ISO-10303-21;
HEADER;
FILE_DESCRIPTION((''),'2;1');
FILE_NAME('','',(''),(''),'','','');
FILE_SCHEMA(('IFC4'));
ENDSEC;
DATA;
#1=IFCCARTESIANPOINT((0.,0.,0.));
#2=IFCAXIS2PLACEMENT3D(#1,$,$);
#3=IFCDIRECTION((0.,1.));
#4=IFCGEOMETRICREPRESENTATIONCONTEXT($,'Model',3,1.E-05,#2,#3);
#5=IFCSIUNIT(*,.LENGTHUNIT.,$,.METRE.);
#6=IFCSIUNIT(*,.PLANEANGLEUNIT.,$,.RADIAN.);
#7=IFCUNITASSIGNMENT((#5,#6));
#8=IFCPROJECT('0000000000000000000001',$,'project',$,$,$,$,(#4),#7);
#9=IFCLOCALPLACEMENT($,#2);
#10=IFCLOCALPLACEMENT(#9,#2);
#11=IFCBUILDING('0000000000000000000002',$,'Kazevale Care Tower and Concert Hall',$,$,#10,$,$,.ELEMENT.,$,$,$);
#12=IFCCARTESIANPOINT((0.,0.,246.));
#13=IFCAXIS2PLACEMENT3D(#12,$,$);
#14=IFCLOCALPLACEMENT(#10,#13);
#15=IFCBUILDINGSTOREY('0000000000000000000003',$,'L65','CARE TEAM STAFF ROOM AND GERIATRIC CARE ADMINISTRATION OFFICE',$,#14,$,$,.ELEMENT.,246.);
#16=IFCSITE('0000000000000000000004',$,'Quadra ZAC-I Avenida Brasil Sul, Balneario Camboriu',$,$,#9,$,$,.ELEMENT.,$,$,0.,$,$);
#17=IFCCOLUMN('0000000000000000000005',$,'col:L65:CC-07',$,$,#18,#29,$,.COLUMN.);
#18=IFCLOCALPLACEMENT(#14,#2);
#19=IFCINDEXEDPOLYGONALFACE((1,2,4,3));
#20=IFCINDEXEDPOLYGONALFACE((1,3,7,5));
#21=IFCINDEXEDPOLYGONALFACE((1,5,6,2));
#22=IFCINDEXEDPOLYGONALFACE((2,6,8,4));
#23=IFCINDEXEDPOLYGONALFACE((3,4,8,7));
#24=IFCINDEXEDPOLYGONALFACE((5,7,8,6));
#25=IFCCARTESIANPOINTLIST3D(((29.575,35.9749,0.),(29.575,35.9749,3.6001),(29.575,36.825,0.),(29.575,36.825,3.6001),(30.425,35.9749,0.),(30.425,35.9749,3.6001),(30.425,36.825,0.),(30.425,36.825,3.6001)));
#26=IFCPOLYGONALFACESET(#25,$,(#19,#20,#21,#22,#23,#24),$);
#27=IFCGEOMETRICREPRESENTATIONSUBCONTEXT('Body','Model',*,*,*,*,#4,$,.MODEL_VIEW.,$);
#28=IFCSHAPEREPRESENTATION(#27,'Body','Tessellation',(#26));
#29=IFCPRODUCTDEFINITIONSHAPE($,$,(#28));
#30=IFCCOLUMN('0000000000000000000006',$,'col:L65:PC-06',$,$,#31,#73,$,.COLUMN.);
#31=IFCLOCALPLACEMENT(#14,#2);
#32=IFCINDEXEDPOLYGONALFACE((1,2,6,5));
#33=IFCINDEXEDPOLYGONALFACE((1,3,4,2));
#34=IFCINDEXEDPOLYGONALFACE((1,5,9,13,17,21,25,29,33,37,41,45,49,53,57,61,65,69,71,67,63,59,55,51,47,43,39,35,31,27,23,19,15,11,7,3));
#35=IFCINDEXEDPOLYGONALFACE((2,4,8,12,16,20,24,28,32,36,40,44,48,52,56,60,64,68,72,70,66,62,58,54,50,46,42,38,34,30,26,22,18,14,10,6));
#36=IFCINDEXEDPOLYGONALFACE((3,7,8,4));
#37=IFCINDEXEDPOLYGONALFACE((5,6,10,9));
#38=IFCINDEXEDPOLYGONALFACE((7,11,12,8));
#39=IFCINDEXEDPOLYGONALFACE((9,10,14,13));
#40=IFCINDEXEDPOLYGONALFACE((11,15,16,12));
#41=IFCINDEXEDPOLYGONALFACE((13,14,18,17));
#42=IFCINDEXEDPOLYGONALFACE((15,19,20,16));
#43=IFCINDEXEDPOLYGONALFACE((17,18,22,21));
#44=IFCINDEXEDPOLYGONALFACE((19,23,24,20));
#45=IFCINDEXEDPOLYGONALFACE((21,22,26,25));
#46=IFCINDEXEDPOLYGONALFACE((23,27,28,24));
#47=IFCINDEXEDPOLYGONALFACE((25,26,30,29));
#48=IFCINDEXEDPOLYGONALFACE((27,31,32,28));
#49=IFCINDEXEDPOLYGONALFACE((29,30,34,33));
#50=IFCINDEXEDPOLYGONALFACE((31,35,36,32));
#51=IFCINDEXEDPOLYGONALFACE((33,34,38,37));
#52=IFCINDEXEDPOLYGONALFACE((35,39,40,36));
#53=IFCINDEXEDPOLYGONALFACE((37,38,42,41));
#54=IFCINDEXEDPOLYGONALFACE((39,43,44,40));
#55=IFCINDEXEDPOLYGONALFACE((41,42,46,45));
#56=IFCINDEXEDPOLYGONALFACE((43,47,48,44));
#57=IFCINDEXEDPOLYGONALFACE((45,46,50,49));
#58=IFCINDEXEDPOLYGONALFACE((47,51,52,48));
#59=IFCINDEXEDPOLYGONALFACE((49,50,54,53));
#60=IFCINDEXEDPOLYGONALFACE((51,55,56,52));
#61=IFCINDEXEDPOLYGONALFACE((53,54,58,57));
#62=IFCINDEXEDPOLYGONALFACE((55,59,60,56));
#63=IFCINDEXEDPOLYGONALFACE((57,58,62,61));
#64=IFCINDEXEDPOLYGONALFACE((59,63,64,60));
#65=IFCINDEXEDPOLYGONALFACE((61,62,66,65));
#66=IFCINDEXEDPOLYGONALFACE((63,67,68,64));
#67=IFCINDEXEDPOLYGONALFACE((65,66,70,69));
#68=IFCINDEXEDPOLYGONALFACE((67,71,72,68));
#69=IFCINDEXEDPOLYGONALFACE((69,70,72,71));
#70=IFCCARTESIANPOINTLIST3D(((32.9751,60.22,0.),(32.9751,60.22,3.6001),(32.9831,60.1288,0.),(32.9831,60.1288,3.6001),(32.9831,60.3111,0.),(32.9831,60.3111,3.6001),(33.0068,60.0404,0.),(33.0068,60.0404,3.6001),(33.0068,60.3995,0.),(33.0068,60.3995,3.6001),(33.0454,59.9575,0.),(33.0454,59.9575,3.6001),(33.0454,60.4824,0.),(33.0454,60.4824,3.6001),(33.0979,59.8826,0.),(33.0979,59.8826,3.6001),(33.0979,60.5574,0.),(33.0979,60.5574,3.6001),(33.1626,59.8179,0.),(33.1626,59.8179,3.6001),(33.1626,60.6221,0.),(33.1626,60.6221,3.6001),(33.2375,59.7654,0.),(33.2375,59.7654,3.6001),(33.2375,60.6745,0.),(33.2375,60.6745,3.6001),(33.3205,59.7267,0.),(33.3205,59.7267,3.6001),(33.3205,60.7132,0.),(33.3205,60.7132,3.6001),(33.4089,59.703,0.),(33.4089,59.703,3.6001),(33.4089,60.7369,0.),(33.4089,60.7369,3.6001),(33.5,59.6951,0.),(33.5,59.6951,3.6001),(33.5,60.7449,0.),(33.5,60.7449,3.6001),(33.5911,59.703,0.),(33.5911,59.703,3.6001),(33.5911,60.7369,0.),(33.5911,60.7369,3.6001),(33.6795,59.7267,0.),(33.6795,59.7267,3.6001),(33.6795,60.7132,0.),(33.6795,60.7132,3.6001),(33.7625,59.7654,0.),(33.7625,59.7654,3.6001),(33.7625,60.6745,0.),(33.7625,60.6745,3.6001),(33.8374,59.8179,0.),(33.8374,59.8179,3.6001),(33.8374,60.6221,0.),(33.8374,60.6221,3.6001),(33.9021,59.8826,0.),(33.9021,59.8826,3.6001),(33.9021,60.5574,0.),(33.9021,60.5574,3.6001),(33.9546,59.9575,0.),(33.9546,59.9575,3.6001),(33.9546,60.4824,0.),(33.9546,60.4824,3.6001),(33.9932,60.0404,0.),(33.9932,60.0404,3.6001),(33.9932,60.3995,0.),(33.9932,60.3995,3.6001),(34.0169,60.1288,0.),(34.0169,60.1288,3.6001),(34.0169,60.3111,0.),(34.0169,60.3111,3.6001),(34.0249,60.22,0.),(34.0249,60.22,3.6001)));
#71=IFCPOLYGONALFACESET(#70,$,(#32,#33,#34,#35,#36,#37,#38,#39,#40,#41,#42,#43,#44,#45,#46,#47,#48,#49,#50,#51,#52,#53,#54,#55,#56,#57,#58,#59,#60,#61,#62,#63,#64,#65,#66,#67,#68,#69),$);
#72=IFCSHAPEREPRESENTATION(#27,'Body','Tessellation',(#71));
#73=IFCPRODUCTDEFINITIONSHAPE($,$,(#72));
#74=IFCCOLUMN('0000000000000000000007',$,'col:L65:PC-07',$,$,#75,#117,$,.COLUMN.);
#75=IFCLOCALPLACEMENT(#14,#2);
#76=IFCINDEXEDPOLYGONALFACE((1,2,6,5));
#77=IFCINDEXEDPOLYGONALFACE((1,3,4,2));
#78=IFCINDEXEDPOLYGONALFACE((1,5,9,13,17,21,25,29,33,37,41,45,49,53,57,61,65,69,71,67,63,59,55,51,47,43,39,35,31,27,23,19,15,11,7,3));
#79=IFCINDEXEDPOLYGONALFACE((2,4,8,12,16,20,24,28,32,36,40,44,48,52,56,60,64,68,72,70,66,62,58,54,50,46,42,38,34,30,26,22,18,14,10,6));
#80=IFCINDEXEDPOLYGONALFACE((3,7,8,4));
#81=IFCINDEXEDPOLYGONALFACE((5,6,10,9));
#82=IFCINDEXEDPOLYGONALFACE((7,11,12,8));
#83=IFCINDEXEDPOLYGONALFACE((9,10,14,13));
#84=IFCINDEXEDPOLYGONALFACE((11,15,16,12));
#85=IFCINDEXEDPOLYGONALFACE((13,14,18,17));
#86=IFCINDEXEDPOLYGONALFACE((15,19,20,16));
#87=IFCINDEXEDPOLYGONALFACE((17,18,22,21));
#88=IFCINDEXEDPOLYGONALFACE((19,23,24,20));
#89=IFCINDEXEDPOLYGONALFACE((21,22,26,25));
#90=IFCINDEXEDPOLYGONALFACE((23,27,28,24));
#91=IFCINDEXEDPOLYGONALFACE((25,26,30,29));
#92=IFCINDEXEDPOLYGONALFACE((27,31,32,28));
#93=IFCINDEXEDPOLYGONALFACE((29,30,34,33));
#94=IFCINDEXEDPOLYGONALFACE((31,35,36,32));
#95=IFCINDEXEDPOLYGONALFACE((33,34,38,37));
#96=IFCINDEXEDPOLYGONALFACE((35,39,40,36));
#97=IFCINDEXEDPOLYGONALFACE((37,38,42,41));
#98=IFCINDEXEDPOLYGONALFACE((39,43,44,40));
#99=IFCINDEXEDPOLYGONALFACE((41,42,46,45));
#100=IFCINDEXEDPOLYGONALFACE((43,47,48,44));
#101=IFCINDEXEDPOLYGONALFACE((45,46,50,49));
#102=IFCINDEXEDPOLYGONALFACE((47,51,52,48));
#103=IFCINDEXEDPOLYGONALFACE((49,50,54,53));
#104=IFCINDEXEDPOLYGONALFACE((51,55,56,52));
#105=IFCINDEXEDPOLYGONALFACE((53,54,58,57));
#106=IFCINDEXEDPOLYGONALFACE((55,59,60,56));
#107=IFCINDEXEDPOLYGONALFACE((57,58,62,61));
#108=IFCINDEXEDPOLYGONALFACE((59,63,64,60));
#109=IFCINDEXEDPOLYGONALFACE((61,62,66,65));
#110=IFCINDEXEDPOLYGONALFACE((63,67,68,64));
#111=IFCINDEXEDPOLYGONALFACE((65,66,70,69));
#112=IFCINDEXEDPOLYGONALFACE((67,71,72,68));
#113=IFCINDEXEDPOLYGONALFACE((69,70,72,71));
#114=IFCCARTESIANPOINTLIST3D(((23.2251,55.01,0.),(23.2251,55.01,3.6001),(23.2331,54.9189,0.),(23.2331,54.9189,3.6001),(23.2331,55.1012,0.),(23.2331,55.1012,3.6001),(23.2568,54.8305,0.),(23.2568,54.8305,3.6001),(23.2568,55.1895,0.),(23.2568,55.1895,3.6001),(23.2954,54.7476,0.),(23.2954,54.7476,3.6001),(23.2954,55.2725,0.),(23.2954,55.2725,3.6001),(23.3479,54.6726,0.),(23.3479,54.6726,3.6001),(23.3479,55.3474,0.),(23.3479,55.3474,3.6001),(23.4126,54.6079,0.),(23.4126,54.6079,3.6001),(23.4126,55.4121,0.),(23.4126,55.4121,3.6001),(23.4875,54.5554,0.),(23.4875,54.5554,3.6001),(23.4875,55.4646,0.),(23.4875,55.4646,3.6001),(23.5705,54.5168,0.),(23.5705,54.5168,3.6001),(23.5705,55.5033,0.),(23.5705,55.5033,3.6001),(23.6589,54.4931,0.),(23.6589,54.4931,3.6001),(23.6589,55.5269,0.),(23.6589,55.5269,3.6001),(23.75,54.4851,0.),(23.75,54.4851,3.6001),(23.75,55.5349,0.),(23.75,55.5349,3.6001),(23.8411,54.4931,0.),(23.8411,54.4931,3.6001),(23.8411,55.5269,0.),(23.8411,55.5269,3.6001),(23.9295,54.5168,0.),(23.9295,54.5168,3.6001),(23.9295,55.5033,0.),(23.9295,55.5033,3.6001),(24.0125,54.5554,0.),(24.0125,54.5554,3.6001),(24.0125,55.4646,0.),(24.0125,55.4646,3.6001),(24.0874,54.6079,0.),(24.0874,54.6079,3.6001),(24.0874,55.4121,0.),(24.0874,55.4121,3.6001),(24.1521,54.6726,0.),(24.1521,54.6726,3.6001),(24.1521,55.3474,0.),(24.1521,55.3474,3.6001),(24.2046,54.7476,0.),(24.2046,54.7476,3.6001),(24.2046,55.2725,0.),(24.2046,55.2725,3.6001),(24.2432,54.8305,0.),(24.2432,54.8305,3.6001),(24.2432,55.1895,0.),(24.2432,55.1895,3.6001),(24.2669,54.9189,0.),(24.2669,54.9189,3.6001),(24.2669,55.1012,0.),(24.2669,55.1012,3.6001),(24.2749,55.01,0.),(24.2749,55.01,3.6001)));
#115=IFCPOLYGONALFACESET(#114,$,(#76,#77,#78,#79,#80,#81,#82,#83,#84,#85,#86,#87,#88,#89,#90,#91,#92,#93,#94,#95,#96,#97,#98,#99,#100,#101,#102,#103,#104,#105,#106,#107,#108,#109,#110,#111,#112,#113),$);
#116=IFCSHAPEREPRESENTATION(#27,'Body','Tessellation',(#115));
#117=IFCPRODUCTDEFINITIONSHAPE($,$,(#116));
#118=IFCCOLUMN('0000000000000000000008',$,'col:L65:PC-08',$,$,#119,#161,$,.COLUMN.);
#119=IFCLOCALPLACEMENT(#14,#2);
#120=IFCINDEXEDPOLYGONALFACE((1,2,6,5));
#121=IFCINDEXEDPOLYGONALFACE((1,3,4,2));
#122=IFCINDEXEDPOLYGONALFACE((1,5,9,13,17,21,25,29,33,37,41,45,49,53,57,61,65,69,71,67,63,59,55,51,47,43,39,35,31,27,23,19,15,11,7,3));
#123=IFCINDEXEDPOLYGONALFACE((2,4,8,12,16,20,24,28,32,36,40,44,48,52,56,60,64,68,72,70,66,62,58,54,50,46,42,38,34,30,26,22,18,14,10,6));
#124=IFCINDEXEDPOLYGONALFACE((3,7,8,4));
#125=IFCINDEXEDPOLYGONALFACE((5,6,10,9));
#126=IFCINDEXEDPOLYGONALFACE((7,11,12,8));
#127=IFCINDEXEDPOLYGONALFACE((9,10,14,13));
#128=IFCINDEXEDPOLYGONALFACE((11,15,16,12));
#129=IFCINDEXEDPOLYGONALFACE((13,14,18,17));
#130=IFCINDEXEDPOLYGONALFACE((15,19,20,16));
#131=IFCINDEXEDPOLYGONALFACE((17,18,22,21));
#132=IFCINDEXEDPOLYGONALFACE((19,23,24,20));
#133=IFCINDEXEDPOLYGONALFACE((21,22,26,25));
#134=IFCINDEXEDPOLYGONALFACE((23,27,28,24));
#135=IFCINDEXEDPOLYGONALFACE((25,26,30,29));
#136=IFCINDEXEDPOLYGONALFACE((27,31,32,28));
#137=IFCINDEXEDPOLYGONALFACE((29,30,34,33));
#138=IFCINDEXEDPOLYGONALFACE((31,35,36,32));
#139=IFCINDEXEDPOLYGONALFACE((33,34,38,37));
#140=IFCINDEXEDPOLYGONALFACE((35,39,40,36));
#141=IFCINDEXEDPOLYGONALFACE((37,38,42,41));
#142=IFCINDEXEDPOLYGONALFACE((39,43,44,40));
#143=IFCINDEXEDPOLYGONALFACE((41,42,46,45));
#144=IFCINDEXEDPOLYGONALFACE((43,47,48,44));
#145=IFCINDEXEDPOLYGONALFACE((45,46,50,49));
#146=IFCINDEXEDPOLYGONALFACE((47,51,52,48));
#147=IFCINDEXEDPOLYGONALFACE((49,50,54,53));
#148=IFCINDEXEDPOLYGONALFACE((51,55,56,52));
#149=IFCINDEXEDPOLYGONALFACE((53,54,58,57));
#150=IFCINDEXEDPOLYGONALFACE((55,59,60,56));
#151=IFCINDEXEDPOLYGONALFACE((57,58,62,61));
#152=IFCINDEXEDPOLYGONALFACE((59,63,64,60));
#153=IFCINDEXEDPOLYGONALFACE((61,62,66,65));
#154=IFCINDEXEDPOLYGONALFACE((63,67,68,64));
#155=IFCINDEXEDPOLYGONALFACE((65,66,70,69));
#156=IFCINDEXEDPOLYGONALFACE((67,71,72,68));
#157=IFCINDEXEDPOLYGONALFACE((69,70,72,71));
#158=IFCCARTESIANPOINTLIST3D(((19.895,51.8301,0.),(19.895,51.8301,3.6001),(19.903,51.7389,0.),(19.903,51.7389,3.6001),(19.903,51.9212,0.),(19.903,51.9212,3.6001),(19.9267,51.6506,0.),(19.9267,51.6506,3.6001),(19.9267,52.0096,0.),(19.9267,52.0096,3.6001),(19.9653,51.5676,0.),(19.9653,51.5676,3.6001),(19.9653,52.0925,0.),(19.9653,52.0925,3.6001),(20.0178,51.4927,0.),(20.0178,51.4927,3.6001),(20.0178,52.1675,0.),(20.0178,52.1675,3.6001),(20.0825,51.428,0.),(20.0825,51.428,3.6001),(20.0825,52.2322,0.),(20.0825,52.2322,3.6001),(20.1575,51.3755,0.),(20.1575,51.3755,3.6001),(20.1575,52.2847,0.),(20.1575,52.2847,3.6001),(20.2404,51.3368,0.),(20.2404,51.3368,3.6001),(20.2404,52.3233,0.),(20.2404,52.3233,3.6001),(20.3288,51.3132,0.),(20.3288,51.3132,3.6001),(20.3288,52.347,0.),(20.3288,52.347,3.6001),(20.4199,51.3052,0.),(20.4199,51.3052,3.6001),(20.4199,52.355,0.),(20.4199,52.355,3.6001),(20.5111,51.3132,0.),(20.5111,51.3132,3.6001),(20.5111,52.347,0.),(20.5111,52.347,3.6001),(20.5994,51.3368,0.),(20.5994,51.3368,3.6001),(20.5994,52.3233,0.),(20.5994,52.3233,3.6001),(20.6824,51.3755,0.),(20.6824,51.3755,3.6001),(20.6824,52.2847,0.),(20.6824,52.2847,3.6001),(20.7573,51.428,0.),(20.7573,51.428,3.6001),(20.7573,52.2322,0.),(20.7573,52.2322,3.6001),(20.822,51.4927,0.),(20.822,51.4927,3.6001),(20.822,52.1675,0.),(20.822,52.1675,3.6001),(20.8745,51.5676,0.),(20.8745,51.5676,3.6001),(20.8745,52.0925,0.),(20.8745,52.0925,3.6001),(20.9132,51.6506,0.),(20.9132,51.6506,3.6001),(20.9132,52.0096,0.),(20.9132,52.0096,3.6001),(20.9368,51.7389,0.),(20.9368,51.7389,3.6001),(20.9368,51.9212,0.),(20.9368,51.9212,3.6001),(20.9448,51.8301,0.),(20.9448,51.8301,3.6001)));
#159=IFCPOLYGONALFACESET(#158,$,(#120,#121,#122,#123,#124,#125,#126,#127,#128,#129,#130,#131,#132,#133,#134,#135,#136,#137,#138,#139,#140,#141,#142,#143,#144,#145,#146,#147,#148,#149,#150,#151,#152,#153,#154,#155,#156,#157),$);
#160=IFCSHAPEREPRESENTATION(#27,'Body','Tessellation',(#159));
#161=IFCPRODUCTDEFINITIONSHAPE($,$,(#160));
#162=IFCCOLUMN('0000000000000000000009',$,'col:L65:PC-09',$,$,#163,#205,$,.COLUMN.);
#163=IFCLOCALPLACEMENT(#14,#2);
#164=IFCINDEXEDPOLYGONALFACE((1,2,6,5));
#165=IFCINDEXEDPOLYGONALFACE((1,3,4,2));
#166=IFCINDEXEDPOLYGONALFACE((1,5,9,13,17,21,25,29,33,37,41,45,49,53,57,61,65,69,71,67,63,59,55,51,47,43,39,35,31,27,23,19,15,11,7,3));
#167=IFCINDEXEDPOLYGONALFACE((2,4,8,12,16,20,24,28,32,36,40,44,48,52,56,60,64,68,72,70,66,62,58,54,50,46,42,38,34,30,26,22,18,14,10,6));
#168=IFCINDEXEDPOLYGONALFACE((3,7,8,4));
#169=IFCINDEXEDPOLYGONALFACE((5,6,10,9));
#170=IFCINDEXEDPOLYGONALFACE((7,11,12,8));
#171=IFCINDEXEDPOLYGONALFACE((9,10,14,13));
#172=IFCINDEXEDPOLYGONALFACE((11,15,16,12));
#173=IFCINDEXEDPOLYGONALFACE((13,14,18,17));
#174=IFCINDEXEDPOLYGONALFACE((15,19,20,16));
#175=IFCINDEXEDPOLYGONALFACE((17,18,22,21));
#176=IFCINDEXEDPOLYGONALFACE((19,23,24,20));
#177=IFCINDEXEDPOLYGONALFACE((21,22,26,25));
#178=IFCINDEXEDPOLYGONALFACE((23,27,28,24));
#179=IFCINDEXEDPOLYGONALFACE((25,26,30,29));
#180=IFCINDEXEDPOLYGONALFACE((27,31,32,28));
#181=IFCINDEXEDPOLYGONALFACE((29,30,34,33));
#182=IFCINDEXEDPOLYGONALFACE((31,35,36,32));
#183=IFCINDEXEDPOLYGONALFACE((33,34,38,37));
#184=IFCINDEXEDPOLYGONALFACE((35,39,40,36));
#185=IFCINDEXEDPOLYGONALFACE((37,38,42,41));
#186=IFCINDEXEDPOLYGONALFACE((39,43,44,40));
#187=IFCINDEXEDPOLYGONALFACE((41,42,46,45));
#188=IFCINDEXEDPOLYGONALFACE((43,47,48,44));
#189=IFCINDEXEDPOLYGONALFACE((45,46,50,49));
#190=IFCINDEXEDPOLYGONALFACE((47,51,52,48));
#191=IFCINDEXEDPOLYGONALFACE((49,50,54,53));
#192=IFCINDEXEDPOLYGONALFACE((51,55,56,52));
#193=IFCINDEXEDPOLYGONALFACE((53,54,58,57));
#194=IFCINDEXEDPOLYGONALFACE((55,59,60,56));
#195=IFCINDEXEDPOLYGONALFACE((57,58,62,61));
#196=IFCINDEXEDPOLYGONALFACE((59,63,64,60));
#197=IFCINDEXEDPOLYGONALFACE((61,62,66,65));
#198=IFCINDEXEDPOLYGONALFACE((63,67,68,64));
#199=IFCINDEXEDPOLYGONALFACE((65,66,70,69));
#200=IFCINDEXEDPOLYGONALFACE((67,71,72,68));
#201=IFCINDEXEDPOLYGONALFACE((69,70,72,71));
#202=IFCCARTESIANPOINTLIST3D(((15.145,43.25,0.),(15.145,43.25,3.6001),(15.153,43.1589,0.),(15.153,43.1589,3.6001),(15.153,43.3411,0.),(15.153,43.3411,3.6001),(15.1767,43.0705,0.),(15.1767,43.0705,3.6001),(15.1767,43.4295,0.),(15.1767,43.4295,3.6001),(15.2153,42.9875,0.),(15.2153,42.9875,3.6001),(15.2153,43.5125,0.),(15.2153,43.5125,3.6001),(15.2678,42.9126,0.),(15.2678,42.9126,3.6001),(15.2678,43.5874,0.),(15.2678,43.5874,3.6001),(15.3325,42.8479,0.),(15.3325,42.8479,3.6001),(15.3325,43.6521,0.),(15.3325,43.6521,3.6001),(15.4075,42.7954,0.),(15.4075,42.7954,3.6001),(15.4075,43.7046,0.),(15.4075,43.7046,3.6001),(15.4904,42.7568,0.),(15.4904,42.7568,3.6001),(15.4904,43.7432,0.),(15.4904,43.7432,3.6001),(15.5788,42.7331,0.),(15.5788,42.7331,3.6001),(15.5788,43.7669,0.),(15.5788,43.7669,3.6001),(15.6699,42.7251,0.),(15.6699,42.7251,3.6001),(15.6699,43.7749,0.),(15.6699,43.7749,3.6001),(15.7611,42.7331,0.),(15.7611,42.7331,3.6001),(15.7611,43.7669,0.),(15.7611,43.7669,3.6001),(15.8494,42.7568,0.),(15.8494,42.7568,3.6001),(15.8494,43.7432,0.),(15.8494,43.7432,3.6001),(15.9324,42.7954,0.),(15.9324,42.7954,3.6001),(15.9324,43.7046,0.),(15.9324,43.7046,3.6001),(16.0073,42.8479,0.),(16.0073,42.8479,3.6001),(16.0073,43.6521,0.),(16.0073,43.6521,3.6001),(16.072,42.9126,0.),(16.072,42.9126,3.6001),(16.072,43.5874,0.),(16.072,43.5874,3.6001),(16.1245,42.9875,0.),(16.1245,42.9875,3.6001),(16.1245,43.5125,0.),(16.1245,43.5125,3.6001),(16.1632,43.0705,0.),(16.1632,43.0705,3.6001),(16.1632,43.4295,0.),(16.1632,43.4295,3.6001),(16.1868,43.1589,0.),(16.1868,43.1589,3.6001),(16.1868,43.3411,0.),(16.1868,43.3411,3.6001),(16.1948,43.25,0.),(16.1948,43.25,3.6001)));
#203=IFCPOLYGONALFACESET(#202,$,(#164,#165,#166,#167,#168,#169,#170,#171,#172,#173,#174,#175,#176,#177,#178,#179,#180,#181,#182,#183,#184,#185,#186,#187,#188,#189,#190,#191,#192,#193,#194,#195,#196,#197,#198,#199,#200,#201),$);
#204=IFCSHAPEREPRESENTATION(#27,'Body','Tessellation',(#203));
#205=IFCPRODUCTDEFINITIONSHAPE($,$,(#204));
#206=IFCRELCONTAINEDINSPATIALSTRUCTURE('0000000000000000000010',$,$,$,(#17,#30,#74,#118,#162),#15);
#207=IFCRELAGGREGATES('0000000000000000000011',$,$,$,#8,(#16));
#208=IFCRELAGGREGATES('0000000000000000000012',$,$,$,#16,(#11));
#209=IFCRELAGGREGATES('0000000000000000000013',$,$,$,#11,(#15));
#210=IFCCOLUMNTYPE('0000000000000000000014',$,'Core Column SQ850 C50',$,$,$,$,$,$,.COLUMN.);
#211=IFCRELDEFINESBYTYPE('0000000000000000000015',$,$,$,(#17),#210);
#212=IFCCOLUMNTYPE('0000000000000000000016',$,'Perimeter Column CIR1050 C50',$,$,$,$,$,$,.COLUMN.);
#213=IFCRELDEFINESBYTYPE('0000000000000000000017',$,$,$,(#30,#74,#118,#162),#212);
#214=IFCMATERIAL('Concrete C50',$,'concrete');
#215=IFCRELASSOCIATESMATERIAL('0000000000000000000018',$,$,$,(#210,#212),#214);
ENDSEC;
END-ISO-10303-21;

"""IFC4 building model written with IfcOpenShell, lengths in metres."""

from ifc_helpers import new_model, si_unit, direction, frame, origin, origin_2d, place, context, subcontext, project, spatial, rectangle, circle, extrude, material, material_profile, profile_set, type_object, element, save


model = new_model("IFC4")

# Units and contexts
model_context = context("Model", 3, precision=1e-05, world=origin(), true_north=direction((0.0, 1.0)))
body_context = subcontext(model_context, "Body", "Model", "MODEL_VIEW")
ifc_project = project(units=[si_unit("LENGTHUNIT", "METRE"), si_unit("PLANEANGLEUNIT", "RADIAN")], contexts=[model_context])

# Site, building, storey
site_placement = place(None, origin())
site = spatial("IfcSite", under=ifc_project, at=site_placement, Name="Quadra ZAC-I Avenida Brasil Sul, Balneario Camboriu", CompositionType="ELEMENT", RefElevation=0.0)
building_placement = place(site_placement, origin())
building = spatial("IfcBuilding", under=site, at=building_placement, Name="Kazevale Care Tower and Concert Hall", CompositionType="ELEMENT")
storey_placement = place(building_placement, frame((0.0, 0.0, 246.0)))
storey = spatial("IfcBuildingStorey", under=building, at=storey_placement, Name="L65", Description="CARE TEAM STAFF ROOM AND GERIATRIC CARE ADMINISTRATION OFFICE", CompositionType="ELEMENT", Elevation=246.0)

# Columns
ifc_material_1 = material(Name="Concrete C50", Category="concrete")
ifc_material_profile_1 = material_profile(ifc_material_1, rectangle(XDim=0.8501, YDim=0.8501, at=origin_2d()), Name="RC-SQ850")
ifc_profile_set_1 = profile_set([ifc_material_profile_1], Name="Concrete C50")
column_type_1 = type_object("IfcColumnType", Name="Core Column SQ850 C50", PredefinedType="COLUMN", material=ifc_profile_set_1)
column_placement = place(storey_placement, frame((30.0, 36.3999, 0.0), z_axis=(0.0, 0.0, 1.0), x_axis=(1.0, 0.0, 0.0)))
element("IfcColumn", 1, at=column_placement, inside=storey, type_object=column_type_1, Name="col:L65:CC-07", PredefinedType="COLUMN", context=body_context, shape_type="SweptSolid", body=[
    extrude(rectangle(XDim=0.8501, YDim=0.8501, at=origin_2d()), origin(), (0.0, 0.0, 1.0), 3.6001),
])
ifc_material_profile_2 = material_profile(ifc_material_1, circle(Radius=0.5249, at=origin_2d()), Name="RC-CIR1050")
ifc_profile_set_2 = profile_set([ifc_material_profile_2], Name="Concrete C50")
column_type_2 = type_object("IfcColumnType", Name="Perimeter Column CIR1050 C50", PredefinedType="COLUMN", material=ifc_profile_set_2)
for number, where, z_axis, x_axis, name in (
    (2, (33.5, 60.22, 0.0), (0.0, 0.0, 1.0), (1.0, 0.0, 0.0), "col:L65:PC-06"),
    (3, (23.75, 55.01, 0.0), (0.0, 0.0, 1.0), (1.0, 0.0, 0.0), "col:L65:PC-07"),
    (4, (20.4199, 51.8301, 0.0), (0.0, 0.0, 1.0), (1.0, 0.0, 0.0), "col:L65:PC-08"),
    (5, (15.6699, 43.25, 0.0), (0.0, 0.0, 1.0), (1.0, 0.0, 0.0), "col:L65:PC-09"),
):
    element("IfcColumn", number, at=place(storey_placement, frame(where, z_axis=z_axis, x_axis=x_axis)), inside=storey, type_object=column_type_2, Name=name, PredefinedType="COLUMN", context=body_context, shape_type="SweptSolid", body=[
        extrude(circle(Radius=0.5249, at=origin_2d()), origin(), (0.0, 0.0, 1.0), 3.6001),
    ])

save(model, "model.ifc")
